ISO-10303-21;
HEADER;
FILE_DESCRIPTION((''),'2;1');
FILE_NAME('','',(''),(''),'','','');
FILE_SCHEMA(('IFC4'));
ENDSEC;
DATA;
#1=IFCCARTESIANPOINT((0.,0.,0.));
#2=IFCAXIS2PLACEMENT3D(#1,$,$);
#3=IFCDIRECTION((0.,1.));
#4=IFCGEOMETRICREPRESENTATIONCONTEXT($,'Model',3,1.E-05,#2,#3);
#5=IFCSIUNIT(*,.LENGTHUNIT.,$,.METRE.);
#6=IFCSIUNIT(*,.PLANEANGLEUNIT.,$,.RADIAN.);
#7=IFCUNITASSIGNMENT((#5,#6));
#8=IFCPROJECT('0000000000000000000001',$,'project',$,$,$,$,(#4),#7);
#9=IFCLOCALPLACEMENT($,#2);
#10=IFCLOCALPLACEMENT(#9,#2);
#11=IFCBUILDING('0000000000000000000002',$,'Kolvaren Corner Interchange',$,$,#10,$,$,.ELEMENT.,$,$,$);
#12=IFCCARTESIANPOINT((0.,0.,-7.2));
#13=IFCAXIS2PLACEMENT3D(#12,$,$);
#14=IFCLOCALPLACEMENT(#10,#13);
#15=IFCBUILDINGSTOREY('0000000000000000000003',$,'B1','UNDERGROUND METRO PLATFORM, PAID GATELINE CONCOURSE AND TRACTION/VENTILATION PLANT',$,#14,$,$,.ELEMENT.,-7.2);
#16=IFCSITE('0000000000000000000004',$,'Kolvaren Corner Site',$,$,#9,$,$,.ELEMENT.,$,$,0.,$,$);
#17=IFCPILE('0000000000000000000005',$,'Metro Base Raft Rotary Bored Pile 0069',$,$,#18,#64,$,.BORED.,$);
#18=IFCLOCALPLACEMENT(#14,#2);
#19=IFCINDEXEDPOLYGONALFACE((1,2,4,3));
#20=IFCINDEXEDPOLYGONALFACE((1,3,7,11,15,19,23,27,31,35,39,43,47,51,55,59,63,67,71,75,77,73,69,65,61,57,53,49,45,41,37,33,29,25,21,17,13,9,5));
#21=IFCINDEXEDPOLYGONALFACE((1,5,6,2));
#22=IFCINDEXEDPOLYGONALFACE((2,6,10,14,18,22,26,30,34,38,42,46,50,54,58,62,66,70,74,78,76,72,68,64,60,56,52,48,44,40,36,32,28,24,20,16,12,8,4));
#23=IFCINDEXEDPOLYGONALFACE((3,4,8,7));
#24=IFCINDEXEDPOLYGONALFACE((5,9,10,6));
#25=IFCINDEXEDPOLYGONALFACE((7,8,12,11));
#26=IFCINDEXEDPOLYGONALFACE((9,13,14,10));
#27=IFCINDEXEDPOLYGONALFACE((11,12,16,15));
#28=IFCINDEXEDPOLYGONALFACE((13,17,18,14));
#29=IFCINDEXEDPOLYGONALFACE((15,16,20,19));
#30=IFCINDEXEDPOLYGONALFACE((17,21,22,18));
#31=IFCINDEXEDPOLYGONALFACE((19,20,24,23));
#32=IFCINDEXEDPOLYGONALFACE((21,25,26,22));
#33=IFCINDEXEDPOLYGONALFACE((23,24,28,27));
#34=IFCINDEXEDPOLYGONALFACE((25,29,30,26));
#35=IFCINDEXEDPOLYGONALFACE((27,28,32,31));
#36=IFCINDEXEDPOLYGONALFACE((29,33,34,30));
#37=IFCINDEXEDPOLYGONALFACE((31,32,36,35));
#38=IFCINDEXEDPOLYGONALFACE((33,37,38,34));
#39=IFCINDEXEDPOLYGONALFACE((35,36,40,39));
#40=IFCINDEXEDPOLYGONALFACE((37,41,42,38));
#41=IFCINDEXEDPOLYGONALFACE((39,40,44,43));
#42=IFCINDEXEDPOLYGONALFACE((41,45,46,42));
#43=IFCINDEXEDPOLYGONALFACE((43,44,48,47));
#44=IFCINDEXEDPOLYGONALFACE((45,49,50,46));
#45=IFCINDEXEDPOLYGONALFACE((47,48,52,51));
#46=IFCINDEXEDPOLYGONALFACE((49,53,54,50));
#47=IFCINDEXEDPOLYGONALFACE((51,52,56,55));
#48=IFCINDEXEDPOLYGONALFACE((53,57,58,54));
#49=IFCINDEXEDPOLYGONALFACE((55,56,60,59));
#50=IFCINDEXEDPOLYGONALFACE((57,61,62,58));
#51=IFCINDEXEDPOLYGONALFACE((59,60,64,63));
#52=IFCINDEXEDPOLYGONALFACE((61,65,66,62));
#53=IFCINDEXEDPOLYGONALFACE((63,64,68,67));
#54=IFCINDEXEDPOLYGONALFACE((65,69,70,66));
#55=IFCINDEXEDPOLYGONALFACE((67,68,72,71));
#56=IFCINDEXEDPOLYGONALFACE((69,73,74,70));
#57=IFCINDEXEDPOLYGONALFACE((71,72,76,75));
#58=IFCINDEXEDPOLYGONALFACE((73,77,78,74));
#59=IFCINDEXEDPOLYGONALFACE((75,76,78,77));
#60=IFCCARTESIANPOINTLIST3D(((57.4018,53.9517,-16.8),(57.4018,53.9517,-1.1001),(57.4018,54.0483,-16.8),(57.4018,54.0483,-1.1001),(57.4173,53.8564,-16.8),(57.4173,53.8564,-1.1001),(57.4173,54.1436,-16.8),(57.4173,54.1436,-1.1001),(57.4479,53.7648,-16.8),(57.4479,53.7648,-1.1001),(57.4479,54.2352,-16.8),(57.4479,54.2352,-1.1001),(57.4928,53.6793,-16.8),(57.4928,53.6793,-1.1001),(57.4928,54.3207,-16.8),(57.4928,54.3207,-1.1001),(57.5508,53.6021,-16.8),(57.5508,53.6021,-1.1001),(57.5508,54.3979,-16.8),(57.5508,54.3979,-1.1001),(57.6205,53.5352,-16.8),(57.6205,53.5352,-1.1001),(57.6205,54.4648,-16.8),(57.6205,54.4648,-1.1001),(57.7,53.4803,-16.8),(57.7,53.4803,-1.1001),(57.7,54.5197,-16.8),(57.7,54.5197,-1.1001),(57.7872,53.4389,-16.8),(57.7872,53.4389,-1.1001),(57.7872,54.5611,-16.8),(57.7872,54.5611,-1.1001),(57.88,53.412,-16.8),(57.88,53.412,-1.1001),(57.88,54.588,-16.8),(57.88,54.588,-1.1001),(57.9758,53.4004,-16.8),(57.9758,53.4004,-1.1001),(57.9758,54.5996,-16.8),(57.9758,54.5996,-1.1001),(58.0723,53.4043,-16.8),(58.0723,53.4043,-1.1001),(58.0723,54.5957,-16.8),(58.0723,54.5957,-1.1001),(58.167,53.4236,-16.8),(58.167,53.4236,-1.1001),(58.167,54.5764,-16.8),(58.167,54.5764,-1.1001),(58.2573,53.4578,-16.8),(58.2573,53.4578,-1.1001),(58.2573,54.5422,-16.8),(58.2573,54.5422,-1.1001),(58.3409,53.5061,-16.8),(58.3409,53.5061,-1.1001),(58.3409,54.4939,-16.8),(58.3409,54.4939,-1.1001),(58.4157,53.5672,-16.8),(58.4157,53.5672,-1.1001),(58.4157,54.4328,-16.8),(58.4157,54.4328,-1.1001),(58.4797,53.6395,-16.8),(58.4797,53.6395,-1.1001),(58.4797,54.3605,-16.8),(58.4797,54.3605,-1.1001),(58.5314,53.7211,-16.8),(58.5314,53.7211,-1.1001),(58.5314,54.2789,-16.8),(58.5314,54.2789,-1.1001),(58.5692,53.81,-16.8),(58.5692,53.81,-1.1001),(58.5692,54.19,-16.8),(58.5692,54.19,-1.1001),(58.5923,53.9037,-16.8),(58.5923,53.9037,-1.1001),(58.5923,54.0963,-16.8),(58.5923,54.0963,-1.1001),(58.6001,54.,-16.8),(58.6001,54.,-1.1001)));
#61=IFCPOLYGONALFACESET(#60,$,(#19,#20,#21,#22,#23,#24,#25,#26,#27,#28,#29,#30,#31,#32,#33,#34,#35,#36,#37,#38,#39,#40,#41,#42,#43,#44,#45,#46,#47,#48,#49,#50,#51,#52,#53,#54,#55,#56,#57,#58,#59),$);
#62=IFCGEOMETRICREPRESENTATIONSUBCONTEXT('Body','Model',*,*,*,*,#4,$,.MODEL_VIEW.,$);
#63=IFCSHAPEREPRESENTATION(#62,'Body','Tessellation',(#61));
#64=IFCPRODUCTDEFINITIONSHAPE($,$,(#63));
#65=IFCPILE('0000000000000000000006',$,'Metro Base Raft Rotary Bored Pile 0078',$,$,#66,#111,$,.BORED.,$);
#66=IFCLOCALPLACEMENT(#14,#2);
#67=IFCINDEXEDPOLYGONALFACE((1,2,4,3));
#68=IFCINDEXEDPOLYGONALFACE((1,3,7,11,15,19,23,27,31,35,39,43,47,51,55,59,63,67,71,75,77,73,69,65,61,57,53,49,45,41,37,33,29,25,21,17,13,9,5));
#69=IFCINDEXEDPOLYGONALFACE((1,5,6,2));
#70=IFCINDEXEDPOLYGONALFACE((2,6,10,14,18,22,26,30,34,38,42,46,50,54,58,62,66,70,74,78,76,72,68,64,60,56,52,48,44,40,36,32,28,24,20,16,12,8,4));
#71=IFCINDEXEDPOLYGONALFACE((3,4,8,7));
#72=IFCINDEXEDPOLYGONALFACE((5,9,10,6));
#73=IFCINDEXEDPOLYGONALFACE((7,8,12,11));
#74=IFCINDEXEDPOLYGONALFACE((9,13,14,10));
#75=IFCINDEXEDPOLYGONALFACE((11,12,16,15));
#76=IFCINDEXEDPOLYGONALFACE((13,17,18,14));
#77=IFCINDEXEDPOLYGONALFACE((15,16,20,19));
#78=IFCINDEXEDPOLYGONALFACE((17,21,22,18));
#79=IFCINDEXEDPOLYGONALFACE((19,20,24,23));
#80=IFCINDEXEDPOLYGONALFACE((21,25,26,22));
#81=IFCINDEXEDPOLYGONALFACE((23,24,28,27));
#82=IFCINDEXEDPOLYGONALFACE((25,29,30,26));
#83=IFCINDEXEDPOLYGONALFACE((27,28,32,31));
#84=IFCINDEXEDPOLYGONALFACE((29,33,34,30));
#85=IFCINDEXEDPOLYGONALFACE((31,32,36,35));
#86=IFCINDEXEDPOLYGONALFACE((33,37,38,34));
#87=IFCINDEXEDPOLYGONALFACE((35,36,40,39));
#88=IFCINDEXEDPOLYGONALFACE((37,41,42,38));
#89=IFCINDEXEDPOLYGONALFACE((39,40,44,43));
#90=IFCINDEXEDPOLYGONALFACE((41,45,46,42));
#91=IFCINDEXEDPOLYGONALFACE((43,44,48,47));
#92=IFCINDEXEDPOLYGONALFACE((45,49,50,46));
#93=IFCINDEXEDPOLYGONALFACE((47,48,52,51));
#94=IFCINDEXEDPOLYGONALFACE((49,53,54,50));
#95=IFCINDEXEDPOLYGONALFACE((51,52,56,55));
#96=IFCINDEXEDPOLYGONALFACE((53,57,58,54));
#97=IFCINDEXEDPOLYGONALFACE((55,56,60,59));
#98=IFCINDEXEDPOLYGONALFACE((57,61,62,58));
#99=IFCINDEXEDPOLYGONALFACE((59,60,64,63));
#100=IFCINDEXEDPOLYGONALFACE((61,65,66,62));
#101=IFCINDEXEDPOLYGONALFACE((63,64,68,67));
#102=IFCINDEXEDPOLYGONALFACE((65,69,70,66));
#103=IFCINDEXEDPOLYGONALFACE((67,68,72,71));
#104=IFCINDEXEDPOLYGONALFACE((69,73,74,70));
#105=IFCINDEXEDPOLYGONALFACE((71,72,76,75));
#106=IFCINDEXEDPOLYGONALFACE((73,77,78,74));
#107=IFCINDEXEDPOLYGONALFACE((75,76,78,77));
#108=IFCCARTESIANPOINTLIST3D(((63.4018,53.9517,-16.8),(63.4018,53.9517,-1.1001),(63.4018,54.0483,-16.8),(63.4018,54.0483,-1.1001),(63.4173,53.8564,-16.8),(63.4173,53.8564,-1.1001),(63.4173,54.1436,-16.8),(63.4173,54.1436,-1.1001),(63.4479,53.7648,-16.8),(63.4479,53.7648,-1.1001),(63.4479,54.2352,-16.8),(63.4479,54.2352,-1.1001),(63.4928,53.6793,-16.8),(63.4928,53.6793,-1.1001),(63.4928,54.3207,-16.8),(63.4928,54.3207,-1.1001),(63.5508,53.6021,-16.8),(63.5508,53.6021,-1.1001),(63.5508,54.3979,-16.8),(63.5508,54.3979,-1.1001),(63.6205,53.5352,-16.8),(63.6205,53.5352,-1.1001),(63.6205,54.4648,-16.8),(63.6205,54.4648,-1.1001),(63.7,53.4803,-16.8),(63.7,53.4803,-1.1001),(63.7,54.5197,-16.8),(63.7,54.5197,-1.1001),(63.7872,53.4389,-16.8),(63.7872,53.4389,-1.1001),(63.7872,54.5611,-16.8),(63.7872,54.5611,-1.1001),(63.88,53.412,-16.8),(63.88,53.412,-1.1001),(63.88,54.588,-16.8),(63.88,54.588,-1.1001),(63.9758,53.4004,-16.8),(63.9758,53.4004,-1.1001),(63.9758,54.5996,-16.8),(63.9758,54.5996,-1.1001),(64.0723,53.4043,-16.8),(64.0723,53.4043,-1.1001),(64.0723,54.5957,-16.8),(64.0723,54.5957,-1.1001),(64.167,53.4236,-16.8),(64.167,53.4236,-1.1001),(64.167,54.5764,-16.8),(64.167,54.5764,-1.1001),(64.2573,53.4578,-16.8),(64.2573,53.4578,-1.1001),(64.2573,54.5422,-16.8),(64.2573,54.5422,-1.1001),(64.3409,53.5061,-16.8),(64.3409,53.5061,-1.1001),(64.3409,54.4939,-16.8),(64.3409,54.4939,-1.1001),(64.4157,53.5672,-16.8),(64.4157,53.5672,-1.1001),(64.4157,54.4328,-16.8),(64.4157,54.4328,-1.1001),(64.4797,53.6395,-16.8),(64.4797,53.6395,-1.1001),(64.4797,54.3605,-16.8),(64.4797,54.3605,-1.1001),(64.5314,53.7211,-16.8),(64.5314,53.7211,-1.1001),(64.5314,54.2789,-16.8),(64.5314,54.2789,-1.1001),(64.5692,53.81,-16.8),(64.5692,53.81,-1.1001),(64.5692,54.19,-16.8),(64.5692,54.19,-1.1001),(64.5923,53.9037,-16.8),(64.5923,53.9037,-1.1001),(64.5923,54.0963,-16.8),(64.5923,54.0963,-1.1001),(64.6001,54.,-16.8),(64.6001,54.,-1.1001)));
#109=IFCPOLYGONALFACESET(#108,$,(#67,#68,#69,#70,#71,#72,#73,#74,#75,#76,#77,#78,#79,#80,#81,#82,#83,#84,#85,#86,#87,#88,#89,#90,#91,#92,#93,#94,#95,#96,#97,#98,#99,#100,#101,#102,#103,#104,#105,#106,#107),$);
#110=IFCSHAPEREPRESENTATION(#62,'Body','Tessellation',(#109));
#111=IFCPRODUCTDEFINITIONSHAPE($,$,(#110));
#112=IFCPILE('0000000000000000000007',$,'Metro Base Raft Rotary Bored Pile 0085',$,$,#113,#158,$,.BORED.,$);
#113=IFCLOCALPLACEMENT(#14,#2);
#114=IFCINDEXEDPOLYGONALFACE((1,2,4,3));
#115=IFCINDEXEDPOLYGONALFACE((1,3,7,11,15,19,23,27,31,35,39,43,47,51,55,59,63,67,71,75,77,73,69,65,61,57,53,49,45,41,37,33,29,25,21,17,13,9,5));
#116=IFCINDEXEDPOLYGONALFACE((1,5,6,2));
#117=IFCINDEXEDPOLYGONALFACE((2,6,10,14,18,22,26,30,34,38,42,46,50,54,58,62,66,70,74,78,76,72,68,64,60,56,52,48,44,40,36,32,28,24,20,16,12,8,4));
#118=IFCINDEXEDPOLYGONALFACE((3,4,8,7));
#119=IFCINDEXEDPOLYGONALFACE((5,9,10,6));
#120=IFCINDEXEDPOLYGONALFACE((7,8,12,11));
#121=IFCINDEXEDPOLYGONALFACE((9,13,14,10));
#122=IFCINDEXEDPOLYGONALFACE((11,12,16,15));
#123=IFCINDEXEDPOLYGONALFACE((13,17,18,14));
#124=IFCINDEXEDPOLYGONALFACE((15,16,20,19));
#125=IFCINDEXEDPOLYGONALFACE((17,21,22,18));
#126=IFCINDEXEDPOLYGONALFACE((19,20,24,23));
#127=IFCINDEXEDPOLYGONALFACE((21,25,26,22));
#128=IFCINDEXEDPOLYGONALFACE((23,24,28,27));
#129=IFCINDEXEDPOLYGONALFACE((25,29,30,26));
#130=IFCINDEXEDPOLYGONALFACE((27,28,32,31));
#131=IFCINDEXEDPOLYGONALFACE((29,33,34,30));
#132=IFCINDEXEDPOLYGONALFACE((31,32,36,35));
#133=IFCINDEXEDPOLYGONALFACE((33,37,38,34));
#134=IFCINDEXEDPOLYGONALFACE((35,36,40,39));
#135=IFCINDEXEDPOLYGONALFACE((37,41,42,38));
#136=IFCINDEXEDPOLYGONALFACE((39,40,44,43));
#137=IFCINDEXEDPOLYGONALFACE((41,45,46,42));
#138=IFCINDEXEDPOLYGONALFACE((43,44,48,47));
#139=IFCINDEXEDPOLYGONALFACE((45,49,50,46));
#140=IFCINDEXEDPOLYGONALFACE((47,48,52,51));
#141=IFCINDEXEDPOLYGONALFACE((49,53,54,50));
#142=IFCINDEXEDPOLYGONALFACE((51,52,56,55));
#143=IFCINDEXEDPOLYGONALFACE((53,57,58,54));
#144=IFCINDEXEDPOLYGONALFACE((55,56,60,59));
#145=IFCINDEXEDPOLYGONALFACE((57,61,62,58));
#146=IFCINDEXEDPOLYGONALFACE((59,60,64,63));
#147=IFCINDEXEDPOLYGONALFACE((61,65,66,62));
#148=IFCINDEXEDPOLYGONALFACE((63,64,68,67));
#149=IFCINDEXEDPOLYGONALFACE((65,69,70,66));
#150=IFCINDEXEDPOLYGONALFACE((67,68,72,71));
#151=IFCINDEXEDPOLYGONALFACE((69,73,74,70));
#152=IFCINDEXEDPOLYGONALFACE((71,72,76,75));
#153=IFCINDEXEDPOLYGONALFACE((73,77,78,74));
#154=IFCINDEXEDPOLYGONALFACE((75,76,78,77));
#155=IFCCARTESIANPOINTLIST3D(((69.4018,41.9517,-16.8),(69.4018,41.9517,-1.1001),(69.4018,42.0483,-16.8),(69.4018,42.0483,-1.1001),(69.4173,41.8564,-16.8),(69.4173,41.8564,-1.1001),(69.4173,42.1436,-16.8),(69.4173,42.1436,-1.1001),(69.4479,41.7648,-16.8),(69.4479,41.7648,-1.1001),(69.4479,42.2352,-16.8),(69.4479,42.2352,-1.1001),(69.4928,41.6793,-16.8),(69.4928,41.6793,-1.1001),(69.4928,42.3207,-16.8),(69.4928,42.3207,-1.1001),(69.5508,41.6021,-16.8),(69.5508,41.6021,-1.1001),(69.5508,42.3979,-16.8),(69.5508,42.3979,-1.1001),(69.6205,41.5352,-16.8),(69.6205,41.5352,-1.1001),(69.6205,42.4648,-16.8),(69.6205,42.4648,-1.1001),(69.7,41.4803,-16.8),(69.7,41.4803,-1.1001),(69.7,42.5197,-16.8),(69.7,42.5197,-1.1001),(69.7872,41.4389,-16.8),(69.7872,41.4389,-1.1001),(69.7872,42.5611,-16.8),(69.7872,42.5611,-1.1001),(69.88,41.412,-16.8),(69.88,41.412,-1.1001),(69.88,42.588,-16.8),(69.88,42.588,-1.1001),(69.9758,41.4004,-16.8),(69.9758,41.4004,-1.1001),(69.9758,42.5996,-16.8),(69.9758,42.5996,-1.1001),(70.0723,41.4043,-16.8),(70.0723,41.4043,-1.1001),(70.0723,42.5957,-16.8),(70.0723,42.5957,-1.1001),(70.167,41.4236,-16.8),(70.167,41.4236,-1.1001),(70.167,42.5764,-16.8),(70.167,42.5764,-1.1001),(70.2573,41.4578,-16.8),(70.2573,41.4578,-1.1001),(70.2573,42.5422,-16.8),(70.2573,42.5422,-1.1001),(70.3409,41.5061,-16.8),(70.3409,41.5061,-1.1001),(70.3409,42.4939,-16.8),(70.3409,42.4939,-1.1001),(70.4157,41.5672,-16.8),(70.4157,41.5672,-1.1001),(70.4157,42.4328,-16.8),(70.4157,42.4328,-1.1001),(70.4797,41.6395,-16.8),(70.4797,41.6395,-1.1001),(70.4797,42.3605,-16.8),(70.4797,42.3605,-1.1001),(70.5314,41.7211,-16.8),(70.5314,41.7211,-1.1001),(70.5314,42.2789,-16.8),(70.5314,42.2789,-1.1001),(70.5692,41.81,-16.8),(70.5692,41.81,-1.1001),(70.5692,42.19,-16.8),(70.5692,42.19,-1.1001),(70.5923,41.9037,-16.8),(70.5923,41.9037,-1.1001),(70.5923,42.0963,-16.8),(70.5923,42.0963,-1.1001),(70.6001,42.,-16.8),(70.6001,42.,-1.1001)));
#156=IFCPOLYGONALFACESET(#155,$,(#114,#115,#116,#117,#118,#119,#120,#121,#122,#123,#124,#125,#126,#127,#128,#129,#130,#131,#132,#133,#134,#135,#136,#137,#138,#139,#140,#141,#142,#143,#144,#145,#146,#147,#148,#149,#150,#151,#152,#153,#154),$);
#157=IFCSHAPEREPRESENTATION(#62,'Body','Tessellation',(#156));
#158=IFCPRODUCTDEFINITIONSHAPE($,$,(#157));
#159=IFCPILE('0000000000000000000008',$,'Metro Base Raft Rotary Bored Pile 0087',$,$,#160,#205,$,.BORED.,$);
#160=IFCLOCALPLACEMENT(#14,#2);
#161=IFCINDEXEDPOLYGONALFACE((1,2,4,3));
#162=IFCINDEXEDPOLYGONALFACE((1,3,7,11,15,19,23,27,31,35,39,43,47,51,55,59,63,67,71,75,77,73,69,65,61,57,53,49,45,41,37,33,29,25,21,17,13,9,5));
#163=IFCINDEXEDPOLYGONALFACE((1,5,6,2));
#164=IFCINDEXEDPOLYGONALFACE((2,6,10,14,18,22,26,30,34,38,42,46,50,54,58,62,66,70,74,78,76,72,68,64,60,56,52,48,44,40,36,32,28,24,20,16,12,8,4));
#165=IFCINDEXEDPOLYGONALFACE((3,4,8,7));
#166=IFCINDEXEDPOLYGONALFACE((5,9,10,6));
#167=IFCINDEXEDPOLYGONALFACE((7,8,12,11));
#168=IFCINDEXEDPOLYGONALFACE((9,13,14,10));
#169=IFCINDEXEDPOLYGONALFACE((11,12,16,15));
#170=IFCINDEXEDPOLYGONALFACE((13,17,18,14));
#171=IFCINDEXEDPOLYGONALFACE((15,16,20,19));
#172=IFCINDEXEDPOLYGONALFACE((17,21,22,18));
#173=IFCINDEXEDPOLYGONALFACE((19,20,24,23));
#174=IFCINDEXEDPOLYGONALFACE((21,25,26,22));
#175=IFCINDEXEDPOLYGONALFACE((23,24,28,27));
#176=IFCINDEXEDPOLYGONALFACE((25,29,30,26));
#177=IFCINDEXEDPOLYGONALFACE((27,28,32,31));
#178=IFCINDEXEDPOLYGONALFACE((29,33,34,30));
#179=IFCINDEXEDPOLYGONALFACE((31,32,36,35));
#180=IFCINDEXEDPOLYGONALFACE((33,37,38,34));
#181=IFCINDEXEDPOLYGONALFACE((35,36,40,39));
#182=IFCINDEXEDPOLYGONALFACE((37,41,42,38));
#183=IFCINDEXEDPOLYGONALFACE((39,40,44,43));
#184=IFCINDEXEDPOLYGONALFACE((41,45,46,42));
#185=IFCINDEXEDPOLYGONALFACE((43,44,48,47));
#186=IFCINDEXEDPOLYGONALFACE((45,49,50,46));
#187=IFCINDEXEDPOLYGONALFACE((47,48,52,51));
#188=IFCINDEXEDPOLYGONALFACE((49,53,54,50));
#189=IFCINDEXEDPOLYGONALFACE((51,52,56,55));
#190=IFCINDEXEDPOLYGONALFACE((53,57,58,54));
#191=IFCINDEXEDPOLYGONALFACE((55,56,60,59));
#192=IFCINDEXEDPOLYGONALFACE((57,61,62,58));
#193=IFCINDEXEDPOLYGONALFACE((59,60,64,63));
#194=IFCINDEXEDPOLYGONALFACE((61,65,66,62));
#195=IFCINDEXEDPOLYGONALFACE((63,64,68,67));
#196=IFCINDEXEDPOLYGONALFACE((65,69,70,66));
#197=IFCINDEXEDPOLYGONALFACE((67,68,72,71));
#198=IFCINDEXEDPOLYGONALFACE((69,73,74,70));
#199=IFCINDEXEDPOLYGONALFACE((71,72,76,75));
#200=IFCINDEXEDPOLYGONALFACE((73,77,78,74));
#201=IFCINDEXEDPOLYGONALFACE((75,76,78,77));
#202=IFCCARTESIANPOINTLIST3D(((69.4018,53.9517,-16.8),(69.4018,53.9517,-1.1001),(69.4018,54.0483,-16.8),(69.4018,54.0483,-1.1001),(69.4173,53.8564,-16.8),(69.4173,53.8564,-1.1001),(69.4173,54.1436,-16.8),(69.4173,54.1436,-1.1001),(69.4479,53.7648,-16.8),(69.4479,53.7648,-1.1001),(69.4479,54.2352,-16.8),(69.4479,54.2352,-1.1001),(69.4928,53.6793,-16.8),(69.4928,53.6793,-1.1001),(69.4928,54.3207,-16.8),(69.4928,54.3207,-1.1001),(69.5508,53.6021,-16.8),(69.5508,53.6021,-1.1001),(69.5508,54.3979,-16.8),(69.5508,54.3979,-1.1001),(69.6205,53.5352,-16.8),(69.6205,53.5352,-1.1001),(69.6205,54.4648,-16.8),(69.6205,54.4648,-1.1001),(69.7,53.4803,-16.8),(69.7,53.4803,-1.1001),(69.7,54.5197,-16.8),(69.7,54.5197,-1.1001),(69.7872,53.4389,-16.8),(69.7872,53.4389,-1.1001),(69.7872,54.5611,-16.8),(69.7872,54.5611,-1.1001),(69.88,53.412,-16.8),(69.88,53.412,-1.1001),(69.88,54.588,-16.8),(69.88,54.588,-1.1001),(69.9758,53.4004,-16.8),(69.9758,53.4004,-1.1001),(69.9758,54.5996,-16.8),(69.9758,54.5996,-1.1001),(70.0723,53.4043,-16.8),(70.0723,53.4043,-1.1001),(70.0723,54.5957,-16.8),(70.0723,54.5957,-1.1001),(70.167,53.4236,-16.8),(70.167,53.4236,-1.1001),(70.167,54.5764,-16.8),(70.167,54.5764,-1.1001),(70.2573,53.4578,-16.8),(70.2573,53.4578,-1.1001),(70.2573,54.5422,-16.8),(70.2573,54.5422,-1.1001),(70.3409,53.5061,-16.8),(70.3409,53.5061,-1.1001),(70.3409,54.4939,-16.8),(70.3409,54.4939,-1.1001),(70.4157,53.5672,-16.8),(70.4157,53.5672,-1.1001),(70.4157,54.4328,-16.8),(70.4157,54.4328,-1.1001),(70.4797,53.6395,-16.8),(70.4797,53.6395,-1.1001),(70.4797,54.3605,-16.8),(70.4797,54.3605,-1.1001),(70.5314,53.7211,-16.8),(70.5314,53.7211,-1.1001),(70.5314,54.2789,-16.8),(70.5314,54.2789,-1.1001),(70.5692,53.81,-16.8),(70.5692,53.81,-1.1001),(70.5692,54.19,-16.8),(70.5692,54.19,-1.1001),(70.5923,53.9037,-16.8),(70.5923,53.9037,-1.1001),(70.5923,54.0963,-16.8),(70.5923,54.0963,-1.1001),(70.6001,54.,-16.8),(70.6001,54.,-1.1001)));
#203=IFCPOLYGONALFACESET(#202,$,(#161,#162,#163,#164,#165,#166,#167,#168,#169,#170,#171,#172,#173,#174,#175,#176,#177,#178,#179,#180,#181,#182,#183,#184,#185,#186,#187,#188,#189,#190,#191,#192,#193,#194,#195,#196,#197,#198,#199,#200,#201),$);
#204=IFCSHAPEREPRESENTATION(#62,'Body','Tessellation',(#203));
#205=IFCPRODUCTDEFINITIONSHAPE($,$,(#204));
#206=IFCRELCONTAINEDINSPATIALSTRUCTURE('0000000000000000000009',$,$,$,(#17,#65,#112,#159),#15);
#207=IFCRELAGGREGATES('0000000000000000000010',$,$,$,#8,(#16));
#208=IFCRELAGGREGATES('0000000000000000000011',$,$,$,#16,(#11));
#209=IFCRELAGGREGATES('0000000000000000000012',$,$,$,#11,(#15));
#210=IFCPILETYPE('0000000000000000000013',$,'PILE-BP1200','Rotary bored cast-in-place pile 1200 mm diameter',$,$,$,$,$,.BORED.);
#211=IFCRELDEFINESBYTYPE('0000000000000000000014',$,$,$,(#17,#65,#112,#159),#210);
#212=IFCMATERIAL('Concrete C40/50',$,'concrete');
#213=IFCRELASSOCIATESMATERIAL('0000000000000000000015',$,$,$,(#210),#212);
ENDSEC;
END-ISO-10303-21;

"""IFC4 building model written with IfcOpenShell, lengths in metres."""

from ifc_helpers import new_model, si_unit, direction, frame, origin, origin_2d, place, context, subcontext, project, spatial, circle, extrude, material, material_profile, profile_set, type_object, element, save


model = new_model("IFC4")

# Units and contexts
model_context = context("Model", 3, precision=1e-05, world=origin(), true_north=direction((0.0, 1.0)))
body_context = subcontext(model_context, "Body", "Model", "MODEL_VIEW")
ifc_project = project(units=[si_unit("LENGTHUNIT", "METRE"), si_unit("PLANEANGLEUNIT", "RADIAN")], contexts=[model_context])

# Site, building, storey
site_placement = place(None, origin())
site = spatial("IfcSite", under=ifc_project, at=site_placement, Name="Kolvaren Corner Site", CompositionType="ELEMENT", RefElevation=0.0)
building_placement = place(site_placement, origin())
building = spatial("IfcBuilding", under=site, at=building_placement, Name="Kolvaren Corner Interchange", CompositionType="ELEMENT")
storey_placement = place(building_placement, frame((0.0, 0.0, -7.2)))
storey = spatial("IfcBuildingStorey", under=building, at=storey_placement, Name="B1", Description="UNDERGROUND METRO PLATFORM, PAID GATELINE CONCOURSE AND TRACTION/VENTILATION PLANT", CompositionType="ELEMENT", Elevation=-7.2)

# Piles
ifc_material_1 = material(Name="Concrete C40/50", Category="concrete")
ifc_material_profile_1 = material_profile(ifc_material_1, circle(Radius=0.6001, at=origin_2d()), Name="BORED PILE 1200")
ifc_profile_set_1 = profile_set([ifc_material_profile_1], Name="Concrete C40/50")
pile_type_1 = type_object("IfcPileType", Name="PILE-BP1200", Description="Rotary bored cast-in-place pile 1200 mm diameter", PredefinedType="BORED", material=ifc_profile_set_1)
for number, where, z_axis, x_axis, name in (
    (1, (58.0, 54.0, -1.1001), (0.0, 0.0, -1.0), (1.0, 0.0, 0.0), "Metro Base Raft Rotary Bored Pile 0069"),
    (2, (64.0, 54.0, -1.1001), (0.0, 0.0, -1.0), (1.0, 0.0, 0.0), "Metro Base Raft Rotary Bored Pile 0078"),
    (3, (70.0, 42.0, -1.1001), (0.0, 0.0, -1.0), (1.0, 0.0, 0.0), "Metro Base Raft Rotary Bored Pile 0085"),
    (4, (70.0, 54.0, -1.1001), (0.0, 0.0, -1.0), (1.0, 0.0, 0.0), "Metro Base Raft Rotary Bored Pile 0087"),
):
    element("IfcPile", number, at=place(storey_placement, frame(where, z_axis=z_axis, x_axis=x_axis)), inside=storey, type_object=pile_type_1, Name=name, PredefinedType="BORED", context=body_context, shape_type="SweptSolid", body=[
        extrude(circle(Radius=0.6001, at=origin_2d()), origin(), (0.0, 0.0, 1.0), 15.7),
    ])

save(model, "model.ifc")
